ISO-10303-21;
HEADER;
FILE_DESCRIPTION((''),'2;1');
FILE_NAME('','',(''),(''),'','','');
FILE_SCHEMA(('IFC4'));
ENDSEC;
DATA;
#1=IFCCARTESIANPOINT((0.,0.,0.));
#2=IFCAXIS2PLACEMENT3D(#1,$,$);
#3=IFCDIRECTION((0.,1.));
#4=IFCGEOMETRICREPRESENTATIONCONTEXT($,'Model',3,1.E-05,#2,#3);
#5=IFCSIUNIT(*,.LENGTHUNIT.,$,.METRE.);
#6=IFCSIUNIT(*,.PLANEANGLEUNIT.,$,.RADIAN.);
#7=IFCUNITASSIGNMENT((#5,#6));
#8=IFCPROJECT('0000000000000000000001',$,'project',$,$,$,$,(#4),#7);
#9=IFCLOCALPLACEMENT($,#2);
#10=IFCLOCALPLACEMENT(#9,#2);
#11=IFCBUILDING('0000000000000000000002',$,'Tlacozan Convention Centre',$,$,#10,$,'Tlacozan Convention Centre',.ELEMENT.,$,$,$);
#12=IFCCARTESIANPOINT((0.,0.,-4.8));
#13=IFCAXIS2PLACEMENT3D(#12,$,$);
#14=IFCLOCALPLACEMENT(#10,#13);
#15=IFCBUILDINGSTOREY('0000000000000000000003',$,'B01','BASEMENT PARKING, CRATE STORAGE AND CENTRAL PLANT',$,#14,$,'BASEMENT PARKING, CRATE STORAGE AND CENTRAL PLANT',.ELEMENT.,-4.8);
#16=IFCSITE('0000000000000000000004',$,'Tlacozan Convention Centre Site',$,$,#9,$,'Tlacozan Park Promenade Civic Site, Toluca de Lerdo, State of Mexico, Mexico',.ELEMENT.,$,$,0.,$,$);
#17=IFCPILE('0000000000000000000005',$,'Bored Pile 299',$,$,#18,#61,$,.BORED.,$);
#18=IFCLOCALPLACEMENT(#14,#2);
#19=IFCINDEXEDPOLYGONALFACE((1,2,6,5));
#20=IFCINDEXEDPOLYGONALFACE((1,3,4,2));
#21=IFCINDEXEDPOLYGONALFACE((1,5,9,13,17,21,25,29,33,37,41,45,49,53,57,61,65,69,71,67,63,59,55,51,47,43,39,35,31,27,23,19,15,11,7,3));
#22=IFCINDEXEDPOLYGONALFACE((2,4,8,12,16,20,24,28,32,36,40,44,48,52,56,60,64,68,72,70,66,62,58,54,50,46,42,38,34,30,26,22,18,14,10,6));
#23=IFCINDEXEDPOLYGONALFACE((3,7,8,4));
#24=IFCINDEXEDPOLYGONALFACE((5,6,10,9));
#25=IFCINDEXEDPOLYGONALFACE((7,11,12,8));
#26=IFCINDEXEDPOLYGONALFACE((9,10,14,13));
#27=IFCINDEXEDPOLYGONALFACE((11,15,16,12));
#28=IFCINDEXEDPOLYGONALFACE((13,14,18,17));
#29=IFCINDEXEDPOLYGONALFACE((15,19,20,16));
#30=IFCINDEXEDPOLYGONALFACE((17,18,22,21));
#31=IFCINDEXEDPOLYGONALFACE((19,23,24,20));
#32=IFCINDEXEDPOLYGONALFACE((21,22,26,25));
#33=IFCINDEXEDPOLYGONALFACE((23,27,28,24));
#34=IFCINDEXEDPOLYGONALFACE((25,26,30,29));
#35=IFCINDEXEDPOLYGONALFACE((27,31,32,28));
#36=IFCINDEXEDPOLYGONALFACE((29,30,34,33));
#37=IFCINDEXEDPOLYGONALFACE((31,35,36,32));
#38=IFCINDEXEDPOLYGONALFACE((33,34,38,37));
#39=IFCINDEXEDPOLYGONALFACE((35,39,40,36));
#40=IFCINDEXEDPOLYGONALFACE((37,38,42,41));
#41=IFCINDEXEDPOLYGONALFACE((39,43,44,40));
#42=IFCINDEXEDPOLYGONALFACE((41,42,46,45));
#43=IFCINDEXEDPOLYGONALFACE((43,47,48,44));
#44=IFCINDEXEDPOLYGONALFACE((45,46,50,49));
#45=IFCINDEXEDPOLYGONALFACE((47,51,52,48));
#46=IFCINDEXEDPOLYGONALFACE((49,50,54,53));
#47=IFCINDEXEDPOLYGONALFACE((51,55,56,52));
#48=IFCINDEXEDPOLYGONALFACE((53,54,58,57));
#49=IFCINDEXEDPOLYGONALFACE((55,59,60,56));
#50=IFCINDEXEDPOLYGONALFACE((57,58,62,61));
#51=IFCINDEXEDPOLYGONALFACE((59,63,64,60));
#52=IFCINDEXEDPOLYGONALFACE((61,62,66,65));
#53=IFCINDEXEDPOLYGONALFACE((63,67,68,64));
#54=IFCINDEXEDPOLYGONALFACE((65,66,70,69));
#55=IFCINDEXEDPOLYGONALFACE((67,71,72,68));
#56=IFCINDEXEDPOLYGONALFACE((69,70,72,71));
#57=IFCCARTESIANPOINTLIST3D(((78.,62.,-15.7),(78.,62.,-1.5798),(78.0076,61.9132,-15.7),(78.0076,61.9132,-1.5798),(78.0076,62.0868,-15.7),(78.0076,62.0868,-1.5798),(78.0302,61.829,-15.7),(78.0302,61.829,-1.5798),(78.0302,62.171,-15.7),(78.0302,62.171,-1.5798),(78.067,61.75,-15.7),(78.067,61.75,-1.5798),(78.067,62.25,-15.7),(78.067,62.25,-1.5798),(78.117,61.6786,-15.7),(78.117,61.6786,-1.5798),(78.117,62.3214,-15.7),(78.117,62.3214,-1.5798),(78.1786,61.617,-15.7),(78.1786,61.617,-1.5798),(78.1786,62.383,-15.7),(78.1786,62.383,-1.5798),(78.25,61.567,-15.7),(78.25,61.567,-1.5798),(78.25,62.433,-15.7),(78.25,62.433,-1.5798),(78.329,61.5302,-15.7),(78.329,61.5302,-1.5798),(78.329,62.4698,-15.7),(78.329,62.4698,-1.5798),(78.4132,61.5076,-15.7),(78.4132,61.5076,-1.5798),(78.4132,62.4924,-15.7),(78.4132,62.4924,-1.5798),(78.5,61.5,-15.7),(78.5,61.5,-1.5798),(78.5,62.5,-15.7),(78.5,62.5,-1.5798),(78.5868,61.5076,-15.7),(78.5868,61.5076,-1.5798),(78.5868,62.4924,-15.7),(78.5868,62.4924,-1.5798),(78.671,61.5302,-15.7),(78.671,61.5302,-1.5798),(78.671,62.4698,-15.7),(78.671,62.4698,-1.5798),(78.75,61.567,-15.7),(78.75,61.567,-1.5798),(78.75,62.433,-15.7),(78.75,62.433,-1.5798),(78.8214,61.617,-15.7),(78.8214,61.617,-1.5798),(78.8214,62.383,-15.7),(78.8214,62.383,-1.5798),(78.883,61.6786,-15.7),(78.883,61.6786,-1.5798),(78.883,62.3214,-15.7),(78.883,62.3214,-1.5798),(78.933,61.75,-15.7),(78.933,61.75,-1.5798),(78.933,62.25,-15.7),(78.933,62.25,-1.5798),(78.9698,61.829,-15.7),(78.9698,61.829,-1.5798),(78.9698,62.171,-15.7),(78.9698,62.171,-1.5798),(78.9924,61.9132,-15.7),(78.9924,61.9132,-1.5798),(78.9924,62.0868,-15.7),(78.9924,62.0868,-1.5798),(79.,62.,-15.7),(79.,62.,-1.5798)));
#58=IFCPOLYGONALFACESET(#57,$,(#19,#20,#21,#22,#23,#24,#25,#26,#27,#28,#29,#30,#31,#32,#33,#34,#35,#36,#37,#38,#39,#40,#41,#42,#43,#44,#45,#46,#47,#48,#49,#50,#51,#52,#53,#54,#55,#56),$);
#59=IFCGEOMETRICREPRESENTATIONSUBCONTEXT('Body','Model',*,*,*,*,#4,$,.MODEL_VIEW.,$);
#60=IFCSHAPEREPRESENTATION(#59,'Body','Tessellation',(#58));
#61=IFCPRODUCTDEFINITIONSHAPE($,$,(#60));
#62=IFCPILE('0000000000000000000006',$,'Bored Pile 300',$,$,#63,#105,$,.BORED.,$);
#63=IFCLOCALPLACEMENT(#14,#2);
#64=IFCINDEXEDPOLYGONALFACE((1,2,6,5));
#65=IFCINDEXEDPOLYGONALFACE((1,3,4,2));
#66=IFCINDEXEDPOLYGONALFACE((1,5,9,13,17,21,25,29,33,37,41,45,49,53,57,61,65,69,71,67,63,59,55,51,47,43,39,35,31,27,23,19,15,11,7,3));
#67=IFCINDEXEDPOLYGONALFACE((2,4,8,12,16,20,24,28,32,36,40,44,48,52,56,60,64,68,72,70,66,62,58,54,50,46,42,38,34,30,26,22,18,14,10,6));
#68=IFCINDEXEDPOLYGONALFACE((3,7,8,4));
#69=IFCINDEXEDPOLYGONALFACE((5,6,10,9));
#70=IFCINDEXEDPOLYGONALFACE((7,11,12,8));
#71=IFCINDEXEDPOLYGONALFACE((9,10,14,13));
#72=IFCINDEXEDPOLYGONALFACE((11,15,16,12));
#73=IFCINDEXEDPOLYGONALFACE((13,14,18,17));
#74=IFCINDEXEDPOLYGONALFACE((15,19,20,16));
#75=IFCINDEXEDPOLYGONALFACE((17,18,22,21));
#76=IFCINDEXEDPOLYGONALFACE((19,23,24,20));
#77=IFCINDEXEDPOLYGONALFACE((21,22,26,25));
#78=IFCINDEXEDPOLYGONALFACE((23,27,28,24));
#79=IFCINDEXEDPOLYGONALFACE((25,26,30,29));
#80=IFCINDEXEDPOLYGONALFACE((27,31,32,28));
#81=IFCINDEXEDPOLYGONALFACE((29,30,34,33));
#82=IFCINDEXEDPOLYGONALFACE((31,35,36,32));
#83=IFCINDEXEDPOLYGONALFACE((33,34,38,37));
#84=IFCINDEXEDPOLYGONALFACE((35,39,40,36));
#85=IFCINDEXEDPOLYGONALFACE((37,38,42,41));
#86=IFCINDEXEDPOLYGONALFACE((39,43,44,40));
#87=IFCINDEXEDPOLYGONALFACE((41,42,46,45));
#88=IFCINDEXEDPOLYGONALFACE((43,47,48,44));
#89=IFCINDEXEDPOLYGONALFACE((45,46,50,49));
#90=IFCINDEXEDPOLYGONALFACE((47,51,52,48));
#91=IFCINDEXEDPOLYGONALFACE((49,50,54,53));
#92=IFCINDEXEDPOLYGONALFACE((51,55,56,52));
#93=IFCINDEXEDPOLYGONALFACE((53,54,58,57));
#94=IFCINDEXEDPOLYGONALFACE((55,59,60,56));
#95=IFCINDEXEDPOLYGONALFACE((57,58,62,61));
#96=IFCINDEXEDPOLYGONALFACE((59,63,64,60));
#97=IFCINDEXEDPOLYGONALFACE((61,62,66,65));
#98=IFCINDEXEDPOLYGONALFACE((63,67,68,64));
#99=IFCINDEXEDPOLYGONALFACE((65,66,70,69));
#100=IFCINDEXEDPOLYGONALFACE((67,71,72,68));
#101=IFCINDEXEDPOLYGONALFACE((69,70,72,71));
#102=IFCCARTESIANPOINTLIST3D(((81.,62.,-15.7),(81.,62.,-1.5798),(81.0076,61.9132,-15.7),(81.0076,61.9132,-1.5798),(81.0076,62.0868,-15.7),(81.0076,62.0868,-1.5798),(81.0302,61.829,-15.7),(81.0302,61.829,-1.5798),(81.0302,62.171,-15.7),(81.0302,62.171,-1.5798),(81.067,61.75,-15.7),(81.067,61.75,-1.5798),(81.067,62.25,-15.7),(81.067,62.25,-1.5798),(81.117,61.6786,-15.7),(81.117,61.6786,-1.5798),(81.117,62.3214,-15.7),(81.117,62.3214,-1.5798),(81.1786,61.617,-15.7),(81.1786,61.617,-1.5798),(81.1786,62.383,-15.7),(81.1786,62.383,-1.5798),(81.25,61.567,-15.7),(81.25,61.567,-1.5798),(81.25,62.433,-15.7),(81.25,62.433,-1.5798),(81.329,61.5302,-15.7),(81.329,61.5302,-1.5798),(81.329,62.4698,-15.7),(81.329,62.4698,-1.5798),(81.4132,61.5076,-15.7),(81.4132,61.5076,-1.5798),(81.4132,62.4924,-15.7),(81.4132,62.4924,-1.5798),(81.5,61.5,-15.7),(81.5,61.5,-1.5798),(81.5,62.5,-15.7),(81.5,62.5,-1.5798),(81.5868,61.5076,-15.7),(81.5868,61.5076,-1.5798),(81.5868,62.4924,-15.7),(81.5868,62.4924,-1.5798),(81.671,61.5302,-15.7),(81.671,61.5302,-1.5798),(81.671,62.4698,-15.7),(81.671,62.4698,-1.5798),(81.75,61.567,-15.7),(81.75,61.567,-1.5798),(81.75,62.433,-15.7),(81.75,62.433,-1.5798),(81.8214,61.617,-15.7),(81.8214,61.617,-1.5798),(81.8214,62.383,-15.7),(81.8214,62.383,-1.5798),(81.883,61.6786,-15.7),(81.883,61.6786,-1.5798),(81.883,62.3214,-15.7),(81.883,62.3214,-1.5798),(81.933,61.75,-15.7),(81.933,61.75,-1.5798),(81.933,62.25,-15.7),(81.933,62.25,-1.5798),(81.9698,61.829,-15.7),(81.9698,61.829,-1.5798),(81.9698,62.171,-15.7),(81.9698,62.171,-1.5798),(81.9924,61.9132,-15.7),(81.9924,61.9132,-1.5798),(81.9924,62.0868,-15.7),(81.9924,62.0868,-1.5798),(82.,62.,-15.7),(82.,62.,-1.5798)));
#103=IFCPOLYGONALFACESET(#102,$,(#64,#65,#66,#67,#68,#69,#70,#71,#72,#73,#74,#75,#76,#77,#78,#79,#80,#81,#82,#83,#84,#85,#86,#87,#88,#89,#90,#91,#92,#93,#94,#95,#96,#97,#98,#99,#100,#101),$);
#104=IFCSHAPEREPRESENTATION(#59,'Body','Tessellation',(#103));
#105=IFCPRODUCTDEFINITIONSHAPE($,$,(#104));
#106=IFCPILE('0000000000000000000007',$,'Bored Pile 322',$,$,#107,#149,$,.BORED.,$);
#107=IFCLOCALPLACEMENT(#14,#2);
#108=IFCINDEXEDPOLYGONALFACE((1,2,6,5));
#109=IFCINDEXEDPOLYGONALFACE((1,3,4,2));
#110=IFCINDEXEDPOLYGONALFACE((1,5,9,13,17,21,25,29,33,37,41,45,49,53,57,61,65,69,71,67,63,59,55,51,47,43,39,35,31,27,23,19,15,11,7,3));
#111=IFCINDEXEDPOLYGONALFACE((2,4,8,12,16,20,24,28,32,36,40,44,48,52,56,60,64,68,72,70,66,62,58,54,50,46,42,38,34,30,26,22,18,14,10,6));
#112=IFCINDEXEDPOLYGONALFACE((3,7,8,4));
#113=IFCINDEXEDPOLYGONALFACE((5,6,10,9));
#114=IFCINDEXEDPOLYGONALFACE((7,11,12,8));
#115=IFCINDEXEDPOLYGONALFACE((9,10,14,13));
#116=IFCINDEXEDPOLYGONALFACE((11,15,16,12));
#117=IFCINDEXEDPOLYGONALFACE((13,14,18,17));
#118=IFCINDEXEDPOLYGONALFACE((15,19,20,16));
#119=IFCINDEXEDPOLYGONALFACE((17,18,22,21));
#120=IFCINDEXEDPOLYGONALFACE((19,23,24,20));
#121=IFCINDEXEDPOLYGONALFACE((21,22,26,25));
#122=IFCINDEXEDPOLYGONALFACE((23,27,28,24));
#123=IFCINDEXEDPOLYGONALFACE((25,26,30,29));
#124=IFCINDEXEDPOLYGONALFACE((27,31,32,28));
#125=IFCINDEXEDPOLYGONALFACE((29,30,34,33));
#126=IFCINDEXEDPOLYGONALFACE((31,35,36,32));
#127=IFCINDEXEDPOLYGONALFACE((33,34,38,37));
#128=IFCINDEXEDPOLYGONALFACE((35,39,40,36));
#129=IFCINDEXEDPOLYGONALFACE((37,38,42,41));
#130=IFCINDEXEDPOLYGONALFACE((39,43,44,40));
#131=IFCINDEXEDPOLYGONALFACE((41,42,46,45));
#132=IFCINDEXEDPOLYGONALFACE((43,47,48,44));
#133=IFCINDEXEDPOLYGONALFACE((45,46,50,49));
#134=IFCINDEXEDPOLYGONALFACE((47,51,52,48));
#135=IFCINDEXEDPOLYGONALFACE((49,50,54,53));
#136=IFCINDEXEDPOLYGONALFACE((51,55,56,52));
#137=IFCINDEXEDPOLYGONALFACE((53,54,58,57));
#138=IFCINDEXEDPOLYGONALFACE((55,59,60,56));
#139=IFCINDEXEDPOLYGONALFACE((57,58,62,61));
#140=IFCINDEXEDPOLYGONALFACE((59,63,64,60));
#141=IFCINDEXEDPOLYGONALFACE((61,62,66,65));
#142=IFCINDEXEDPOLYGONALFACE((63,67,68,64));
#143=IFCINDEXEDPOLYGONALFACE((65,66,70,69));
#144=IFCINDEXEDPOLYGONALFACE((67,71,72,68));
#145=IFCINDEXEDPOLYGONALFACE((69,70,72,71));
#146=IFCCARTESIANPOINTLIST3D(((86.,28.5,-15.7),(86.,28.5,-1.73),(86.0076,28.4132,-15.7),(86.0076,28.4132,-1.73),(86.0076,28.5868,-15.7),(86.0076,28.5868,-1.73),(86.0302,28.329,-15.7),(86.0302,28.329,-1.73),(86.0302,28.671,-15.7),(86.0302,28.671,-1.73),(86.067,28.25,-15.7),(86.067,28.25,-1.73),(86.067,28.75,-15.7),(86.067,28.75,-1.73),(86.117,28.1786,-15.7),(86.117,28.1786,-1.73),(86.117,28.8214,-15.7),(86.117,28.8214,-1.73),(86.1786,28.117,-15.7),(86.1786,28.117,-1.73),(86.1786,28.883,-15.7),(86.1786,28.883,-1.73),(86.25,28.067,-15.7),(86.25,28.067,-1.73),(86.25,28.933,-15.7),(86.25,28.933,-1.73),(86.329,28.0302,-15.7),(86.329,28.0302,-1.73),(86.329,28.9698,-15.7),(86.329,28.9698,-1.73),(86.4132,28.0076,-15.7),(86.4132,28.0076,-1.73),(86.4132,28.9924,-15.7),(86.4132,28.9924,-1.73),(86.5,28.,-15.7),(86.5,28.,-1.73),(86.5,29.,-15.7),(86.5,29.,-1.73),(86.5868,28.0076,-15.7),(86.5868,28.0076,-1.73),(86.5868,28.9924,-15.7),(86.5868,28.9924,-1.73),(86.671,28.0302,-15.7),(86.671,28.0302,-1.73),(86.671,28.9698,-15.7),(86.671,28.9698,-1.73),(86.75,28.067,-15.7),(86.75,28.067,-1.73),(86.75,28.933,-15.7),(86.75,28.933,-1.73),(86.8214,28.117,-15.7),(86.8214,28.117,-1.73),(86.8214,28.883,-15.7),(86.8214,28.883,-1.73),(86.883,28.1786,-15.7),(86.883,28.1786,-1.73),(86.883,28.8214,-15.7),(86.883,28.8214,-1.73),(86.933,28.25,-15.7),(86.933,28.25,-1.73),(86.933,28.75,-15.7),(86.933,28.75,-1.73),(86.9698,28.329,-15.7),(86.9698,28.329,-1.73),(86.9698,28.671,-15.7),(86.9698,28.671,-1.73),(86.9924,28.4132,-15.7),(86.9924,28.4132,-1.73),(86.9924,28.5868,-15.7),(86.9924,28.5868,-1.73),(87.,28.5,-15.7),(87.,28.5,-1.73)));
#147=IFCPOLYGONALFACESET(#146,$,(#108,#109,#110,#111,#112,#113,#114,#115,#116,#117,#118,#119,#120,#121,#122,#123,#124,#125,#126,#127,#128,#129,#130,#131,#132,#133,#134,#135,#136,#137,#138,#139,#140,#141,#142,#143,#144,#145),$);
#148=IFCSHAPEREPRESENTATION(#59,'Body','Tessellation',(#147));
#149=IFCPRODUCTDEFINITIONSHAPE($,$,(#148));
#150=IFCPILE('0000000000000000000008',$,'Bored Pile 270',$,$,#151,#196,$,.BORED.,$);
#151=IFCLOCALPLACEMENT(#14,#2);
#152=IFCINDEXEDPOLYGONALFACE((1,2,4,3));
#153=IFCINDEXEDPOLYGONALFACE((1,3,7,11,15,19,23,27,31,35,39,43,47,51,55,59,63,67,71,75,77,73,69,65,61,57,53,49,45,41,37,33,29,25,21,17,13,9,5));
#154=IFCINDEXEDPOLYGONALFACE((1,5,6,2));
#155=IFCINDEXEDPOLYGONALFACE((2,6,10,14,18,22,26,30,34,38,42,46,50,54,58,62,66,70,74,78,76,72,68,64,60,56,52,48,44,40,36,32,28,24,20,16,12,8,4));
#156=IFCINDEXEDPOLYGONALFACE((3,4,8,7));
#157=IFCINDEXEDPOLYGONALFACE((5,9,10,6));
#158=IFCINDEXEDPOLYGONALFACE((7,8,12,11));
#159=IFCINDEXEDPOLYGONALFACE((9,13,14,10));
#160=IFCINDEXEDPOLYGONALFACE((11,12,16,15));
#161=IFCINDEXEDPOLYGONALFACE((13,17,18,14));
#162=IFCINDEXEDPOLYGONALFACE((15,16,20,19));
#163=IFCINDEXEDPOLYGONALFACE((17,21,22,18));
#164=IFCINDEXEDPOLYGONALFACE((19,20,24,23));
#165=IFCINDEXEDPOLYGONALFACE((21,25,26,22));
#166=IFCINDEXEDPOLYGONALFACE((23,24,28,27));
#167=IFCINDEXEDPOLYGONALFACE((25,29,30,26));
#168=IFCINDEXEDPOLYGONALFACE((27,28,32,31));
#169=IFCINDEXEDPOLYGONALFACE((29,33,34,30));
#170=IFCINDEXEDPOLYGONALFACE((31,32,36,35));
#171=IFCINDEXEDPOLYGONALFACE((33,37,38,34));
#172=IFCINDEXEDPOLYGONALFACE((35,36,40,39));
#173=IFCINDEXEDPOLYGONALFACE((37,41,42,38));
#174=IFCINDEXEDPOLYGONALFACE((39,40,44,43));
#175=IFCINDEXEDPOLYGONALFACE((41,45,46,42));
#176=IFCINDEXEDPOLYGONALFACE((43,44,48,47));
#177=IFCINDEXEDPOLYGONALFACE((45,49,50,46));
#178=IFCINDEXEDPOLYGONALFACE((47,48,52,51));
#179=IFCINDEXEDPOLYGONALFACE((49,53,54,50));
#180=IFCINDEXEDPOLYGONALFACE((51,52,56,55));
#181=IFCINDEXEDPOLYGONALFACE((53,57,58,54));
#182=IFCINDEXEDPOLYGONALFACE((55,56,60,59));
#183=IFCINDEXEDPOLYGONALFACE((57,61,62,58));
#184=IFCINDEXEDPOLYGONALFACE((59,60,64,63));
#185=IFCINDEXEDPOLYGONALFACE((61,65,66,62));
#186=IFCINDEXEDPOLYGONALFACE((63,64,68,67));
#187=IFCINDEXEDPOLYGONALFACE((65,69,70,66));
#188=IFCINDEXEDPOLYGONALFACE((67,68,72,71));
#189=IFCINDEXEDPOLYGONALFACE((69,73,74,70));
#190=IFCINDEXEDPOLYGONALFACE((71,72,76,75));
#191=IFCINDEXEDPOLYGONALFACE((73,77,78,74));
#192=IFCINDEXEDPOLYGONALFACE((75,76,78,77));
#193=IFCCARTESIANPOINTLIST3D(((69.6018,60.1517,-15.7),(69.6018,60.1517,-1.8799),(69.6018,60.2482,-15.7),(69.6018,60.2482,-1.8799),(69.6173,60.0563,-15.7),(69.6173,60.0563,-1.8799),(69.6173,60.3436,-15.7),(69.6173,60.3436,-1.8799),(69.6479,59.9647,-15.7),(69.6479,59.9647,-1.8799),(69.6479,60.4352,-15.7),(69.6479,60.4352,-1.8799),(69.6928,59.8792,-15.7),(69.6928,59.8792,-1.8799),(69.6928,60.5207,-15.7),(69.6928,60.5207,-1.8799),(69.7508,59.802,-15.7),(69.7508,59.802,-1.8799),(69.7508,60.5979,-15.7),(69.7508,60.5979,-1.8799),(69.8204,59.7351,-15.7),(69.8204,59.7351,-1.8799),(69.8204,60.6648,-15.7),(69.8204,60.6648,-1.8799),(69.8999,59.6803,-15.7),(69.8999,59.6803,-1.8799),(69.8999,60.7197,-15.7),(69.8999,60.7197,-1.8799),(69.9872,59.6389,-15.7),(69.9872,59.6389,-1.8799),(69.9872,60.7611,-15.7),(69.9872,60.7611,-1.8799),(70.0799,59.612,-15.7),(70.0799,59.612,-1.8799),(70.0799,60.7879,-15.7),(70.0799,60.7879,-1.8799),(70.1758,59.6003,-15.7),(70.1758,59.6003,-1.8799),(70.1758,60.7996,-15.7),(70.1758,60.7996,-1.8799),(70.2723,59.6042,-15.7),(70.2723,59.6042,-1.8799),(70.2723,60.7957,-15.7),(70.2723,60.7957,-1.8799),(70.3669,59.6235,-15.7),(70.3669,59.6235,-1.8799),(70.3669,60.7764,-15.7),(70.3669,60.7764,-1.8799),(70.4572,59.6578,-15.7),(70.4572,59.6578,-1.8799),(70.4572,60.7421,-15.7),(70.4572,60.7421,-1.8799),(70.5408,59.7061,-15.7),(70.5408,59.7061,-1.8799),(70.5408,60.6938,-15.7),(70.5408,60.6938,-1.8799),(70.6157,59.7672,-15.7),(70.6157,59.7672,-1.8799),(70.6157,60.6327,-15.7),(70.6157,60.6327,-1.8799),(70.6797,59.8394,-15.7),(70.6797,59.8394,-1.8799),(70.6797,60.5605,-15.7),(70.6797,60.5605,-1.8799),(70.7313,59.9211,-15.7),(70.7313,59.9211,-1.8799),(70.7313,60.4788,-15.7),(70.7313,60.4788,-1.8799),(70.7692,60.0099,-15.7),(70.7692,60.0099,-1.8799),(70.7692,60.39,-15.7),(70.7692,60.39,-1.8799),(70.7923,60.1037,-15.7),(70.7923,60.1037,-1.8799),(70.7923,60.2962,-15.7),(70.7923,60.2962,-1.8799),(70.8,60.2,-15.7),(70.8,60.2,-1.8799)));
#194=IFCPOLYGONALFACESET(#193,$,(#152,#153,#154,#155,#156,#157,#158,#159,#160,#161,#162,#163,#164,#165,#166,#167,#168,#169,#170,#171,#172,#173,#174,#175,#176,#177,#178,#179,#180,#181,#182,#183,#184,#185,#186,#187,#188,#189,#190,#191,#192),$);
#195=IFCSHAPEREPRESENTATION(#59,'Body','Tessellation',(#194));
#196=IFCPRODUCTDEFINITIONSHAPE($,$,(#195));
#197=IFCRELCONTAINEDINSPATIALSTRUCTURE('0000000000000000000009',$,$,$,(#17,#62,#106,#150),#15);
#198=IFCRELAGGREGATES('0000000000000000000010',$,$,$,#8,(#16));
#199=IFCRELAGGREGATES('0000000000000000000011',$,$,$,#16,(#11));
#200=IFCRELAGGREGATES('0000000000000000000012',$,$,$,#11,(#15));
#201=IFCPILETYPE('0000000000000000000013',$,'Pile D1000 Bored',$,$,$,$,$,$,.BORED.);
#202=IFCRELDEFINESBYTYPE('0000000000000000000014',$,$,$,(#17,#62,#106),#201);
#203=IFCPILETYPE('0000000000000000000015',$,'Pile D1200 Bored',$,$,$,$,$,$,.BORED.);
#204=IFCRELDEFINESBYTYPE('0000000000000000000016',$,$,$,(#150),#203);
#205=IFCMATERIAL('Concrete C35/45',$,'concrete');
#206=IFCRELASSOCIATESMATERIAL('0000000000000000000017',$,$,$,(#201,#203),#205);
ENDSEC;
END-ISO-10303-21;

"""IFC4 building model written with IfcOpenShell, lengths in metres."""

from ifc_helpers import new_model, si_unit, direction, frame, origin, origin_2d, place, context, subcontext, project, spatial, circle, extrude, material, material_profile, profile_set, type_object, element, save


model = new_model("IFC4")

# Units and contexts
model_context = context("Model", 3, precision=1e-05, world=origin(), true_north=direction((0.0, 1.0)))
body_context = subcontext(model_context, "Body", "Model", "MODEL_VIEW")
ifc_project = project(units=[si_unit("LENGTHUNIT", "METRE"), si_unit("PLANEANGLEUNIT", "RADIAN")], contexts=[model_context])

# Site, building, storey
site_placement = place(None, origin())
site = spatial("IfcSite", under=ifc_project, at=site_placement, Name="Tlacozan Convention Centre Site", LongName="Tlacozan Park Promenade Civic Site, Toluca de Lerdo, State of Mexico, Mexico", CompositionType="ELEMENT", RefElevation=0.0)
building_placement = place(site_placement, origin())
building = spatial("IfcBuilding", under=site, at=building_placement, Name="Tlacozan Convention Centre", LongName="Tlacozan Convention Centre", CompositionType="ELEMENT")
storey_placement = place(building_placement, frame((0.0, 0.0, -4.8)))
storey = spatial("IfcBuildingStorey", under=building, at=storey_placement, Name="B01", Description="BASEMENT PARKING, CRATE STORAGE AND CENTRAL PLANT", LongName="BASEMENT PARKING, CRATE STORAGE AND CENTRAL PLANT", CompositionType="ELEMENT", Elevation=-4.8)

# Shared definitions
ifc_material_1 = material(Name="Concrete C35/45", Category="concrete")

# Piles
ifc_material_profile_1 = material_profile(ifc_material_1, circle(Radius=0.5, at=origin_2d()), Name="PILE D1000")
ifc_profile_set_1 = profile_set([ifc_material_profile_1], Name="Concrete C35/45")
pile_type_1 = type_object("IfcPileType", Name="Pile D1000 Bored", PredefinedType="BORED", material=ifc_profile_set_1)
for number, where, z_axis, x_axis, name in (
    (1, (78.5, 62.0, -1.5798), (0.0, 0.0, -1.0), (1.0, 0.0, 0.0), "Bored Pile 299"),
    (2, (81.5, 62.0, -1.5798), (0.0, 0.0, -1.0), (1.0, 0.0, 0.0), "Bored Pile 300"),
):
    element("IfcPile", number, at=place(storey_placement, frame(where, z_axis=z_axis, x_axis=x_axis)), inside=storey, type_object=pile_type_1, Name=name, PredefinedType="BORED", context=body_context, shape_type="SweptSolid", body=[
        extrude(circle(Radius=0.5, at=origin_2d()), origin(), (0.0, 0.0, 1.0), 14.1201),
    ])
pile_placement = place(storey_placement, frame((86.5, 28.5, -1.73), z_axis=(0.0, 0.0, -1.0), x_axis=(1.0, 0.0, 0.0)))
element("IfcPile", 3, at=pile_placement, inside=storey, type_object=pile_type_1, Name="Bored Pile 322", PredefinedType="BORED", context=body_context, shape_type="SweptSolid", body=[
    extrude(circle(Radius=0.5, at=origin_2d()), origin(), (0.0, 0.0, 1.0), 13.97),
])
ifc_material_profile_2 = material_profile(ifc_material_1, circle(Radius=0.6001, at=origin_2d()), Name="PILE D1200")
ifc_profile_set_2 = profile_set([ifc_material_profile_2], Name="Concrete C35/45")
pile_type_2 = type_object("IfcPileType", Name="Pile D1200 Bored", PredefinedType="BORED", material=ifc_profile_set_2)
for number, where, z_axis, x_axis, name in (
    (4, (70.2, 60.2, -1.8799), (0.0, 0.0, -1.0), (1.0, 0.0, 0.0), "Bored Pile 270"),
):
    element("IfcPile", number, at=place(storey_placement, frame(where, z_axis=z_axis, x_axis=x_axis)), inside=storey, type_object=pile_type_2, Name=name, PredefinedType="BORED", context=body_context, shape_type="SweptSolid", body=[
        extrude(circle(Radius=0.6001, at=origin_2d()), origin(), (0.0, 0.0, 1.0), 13.8201),
    ])

save(model, "model.ifc")
